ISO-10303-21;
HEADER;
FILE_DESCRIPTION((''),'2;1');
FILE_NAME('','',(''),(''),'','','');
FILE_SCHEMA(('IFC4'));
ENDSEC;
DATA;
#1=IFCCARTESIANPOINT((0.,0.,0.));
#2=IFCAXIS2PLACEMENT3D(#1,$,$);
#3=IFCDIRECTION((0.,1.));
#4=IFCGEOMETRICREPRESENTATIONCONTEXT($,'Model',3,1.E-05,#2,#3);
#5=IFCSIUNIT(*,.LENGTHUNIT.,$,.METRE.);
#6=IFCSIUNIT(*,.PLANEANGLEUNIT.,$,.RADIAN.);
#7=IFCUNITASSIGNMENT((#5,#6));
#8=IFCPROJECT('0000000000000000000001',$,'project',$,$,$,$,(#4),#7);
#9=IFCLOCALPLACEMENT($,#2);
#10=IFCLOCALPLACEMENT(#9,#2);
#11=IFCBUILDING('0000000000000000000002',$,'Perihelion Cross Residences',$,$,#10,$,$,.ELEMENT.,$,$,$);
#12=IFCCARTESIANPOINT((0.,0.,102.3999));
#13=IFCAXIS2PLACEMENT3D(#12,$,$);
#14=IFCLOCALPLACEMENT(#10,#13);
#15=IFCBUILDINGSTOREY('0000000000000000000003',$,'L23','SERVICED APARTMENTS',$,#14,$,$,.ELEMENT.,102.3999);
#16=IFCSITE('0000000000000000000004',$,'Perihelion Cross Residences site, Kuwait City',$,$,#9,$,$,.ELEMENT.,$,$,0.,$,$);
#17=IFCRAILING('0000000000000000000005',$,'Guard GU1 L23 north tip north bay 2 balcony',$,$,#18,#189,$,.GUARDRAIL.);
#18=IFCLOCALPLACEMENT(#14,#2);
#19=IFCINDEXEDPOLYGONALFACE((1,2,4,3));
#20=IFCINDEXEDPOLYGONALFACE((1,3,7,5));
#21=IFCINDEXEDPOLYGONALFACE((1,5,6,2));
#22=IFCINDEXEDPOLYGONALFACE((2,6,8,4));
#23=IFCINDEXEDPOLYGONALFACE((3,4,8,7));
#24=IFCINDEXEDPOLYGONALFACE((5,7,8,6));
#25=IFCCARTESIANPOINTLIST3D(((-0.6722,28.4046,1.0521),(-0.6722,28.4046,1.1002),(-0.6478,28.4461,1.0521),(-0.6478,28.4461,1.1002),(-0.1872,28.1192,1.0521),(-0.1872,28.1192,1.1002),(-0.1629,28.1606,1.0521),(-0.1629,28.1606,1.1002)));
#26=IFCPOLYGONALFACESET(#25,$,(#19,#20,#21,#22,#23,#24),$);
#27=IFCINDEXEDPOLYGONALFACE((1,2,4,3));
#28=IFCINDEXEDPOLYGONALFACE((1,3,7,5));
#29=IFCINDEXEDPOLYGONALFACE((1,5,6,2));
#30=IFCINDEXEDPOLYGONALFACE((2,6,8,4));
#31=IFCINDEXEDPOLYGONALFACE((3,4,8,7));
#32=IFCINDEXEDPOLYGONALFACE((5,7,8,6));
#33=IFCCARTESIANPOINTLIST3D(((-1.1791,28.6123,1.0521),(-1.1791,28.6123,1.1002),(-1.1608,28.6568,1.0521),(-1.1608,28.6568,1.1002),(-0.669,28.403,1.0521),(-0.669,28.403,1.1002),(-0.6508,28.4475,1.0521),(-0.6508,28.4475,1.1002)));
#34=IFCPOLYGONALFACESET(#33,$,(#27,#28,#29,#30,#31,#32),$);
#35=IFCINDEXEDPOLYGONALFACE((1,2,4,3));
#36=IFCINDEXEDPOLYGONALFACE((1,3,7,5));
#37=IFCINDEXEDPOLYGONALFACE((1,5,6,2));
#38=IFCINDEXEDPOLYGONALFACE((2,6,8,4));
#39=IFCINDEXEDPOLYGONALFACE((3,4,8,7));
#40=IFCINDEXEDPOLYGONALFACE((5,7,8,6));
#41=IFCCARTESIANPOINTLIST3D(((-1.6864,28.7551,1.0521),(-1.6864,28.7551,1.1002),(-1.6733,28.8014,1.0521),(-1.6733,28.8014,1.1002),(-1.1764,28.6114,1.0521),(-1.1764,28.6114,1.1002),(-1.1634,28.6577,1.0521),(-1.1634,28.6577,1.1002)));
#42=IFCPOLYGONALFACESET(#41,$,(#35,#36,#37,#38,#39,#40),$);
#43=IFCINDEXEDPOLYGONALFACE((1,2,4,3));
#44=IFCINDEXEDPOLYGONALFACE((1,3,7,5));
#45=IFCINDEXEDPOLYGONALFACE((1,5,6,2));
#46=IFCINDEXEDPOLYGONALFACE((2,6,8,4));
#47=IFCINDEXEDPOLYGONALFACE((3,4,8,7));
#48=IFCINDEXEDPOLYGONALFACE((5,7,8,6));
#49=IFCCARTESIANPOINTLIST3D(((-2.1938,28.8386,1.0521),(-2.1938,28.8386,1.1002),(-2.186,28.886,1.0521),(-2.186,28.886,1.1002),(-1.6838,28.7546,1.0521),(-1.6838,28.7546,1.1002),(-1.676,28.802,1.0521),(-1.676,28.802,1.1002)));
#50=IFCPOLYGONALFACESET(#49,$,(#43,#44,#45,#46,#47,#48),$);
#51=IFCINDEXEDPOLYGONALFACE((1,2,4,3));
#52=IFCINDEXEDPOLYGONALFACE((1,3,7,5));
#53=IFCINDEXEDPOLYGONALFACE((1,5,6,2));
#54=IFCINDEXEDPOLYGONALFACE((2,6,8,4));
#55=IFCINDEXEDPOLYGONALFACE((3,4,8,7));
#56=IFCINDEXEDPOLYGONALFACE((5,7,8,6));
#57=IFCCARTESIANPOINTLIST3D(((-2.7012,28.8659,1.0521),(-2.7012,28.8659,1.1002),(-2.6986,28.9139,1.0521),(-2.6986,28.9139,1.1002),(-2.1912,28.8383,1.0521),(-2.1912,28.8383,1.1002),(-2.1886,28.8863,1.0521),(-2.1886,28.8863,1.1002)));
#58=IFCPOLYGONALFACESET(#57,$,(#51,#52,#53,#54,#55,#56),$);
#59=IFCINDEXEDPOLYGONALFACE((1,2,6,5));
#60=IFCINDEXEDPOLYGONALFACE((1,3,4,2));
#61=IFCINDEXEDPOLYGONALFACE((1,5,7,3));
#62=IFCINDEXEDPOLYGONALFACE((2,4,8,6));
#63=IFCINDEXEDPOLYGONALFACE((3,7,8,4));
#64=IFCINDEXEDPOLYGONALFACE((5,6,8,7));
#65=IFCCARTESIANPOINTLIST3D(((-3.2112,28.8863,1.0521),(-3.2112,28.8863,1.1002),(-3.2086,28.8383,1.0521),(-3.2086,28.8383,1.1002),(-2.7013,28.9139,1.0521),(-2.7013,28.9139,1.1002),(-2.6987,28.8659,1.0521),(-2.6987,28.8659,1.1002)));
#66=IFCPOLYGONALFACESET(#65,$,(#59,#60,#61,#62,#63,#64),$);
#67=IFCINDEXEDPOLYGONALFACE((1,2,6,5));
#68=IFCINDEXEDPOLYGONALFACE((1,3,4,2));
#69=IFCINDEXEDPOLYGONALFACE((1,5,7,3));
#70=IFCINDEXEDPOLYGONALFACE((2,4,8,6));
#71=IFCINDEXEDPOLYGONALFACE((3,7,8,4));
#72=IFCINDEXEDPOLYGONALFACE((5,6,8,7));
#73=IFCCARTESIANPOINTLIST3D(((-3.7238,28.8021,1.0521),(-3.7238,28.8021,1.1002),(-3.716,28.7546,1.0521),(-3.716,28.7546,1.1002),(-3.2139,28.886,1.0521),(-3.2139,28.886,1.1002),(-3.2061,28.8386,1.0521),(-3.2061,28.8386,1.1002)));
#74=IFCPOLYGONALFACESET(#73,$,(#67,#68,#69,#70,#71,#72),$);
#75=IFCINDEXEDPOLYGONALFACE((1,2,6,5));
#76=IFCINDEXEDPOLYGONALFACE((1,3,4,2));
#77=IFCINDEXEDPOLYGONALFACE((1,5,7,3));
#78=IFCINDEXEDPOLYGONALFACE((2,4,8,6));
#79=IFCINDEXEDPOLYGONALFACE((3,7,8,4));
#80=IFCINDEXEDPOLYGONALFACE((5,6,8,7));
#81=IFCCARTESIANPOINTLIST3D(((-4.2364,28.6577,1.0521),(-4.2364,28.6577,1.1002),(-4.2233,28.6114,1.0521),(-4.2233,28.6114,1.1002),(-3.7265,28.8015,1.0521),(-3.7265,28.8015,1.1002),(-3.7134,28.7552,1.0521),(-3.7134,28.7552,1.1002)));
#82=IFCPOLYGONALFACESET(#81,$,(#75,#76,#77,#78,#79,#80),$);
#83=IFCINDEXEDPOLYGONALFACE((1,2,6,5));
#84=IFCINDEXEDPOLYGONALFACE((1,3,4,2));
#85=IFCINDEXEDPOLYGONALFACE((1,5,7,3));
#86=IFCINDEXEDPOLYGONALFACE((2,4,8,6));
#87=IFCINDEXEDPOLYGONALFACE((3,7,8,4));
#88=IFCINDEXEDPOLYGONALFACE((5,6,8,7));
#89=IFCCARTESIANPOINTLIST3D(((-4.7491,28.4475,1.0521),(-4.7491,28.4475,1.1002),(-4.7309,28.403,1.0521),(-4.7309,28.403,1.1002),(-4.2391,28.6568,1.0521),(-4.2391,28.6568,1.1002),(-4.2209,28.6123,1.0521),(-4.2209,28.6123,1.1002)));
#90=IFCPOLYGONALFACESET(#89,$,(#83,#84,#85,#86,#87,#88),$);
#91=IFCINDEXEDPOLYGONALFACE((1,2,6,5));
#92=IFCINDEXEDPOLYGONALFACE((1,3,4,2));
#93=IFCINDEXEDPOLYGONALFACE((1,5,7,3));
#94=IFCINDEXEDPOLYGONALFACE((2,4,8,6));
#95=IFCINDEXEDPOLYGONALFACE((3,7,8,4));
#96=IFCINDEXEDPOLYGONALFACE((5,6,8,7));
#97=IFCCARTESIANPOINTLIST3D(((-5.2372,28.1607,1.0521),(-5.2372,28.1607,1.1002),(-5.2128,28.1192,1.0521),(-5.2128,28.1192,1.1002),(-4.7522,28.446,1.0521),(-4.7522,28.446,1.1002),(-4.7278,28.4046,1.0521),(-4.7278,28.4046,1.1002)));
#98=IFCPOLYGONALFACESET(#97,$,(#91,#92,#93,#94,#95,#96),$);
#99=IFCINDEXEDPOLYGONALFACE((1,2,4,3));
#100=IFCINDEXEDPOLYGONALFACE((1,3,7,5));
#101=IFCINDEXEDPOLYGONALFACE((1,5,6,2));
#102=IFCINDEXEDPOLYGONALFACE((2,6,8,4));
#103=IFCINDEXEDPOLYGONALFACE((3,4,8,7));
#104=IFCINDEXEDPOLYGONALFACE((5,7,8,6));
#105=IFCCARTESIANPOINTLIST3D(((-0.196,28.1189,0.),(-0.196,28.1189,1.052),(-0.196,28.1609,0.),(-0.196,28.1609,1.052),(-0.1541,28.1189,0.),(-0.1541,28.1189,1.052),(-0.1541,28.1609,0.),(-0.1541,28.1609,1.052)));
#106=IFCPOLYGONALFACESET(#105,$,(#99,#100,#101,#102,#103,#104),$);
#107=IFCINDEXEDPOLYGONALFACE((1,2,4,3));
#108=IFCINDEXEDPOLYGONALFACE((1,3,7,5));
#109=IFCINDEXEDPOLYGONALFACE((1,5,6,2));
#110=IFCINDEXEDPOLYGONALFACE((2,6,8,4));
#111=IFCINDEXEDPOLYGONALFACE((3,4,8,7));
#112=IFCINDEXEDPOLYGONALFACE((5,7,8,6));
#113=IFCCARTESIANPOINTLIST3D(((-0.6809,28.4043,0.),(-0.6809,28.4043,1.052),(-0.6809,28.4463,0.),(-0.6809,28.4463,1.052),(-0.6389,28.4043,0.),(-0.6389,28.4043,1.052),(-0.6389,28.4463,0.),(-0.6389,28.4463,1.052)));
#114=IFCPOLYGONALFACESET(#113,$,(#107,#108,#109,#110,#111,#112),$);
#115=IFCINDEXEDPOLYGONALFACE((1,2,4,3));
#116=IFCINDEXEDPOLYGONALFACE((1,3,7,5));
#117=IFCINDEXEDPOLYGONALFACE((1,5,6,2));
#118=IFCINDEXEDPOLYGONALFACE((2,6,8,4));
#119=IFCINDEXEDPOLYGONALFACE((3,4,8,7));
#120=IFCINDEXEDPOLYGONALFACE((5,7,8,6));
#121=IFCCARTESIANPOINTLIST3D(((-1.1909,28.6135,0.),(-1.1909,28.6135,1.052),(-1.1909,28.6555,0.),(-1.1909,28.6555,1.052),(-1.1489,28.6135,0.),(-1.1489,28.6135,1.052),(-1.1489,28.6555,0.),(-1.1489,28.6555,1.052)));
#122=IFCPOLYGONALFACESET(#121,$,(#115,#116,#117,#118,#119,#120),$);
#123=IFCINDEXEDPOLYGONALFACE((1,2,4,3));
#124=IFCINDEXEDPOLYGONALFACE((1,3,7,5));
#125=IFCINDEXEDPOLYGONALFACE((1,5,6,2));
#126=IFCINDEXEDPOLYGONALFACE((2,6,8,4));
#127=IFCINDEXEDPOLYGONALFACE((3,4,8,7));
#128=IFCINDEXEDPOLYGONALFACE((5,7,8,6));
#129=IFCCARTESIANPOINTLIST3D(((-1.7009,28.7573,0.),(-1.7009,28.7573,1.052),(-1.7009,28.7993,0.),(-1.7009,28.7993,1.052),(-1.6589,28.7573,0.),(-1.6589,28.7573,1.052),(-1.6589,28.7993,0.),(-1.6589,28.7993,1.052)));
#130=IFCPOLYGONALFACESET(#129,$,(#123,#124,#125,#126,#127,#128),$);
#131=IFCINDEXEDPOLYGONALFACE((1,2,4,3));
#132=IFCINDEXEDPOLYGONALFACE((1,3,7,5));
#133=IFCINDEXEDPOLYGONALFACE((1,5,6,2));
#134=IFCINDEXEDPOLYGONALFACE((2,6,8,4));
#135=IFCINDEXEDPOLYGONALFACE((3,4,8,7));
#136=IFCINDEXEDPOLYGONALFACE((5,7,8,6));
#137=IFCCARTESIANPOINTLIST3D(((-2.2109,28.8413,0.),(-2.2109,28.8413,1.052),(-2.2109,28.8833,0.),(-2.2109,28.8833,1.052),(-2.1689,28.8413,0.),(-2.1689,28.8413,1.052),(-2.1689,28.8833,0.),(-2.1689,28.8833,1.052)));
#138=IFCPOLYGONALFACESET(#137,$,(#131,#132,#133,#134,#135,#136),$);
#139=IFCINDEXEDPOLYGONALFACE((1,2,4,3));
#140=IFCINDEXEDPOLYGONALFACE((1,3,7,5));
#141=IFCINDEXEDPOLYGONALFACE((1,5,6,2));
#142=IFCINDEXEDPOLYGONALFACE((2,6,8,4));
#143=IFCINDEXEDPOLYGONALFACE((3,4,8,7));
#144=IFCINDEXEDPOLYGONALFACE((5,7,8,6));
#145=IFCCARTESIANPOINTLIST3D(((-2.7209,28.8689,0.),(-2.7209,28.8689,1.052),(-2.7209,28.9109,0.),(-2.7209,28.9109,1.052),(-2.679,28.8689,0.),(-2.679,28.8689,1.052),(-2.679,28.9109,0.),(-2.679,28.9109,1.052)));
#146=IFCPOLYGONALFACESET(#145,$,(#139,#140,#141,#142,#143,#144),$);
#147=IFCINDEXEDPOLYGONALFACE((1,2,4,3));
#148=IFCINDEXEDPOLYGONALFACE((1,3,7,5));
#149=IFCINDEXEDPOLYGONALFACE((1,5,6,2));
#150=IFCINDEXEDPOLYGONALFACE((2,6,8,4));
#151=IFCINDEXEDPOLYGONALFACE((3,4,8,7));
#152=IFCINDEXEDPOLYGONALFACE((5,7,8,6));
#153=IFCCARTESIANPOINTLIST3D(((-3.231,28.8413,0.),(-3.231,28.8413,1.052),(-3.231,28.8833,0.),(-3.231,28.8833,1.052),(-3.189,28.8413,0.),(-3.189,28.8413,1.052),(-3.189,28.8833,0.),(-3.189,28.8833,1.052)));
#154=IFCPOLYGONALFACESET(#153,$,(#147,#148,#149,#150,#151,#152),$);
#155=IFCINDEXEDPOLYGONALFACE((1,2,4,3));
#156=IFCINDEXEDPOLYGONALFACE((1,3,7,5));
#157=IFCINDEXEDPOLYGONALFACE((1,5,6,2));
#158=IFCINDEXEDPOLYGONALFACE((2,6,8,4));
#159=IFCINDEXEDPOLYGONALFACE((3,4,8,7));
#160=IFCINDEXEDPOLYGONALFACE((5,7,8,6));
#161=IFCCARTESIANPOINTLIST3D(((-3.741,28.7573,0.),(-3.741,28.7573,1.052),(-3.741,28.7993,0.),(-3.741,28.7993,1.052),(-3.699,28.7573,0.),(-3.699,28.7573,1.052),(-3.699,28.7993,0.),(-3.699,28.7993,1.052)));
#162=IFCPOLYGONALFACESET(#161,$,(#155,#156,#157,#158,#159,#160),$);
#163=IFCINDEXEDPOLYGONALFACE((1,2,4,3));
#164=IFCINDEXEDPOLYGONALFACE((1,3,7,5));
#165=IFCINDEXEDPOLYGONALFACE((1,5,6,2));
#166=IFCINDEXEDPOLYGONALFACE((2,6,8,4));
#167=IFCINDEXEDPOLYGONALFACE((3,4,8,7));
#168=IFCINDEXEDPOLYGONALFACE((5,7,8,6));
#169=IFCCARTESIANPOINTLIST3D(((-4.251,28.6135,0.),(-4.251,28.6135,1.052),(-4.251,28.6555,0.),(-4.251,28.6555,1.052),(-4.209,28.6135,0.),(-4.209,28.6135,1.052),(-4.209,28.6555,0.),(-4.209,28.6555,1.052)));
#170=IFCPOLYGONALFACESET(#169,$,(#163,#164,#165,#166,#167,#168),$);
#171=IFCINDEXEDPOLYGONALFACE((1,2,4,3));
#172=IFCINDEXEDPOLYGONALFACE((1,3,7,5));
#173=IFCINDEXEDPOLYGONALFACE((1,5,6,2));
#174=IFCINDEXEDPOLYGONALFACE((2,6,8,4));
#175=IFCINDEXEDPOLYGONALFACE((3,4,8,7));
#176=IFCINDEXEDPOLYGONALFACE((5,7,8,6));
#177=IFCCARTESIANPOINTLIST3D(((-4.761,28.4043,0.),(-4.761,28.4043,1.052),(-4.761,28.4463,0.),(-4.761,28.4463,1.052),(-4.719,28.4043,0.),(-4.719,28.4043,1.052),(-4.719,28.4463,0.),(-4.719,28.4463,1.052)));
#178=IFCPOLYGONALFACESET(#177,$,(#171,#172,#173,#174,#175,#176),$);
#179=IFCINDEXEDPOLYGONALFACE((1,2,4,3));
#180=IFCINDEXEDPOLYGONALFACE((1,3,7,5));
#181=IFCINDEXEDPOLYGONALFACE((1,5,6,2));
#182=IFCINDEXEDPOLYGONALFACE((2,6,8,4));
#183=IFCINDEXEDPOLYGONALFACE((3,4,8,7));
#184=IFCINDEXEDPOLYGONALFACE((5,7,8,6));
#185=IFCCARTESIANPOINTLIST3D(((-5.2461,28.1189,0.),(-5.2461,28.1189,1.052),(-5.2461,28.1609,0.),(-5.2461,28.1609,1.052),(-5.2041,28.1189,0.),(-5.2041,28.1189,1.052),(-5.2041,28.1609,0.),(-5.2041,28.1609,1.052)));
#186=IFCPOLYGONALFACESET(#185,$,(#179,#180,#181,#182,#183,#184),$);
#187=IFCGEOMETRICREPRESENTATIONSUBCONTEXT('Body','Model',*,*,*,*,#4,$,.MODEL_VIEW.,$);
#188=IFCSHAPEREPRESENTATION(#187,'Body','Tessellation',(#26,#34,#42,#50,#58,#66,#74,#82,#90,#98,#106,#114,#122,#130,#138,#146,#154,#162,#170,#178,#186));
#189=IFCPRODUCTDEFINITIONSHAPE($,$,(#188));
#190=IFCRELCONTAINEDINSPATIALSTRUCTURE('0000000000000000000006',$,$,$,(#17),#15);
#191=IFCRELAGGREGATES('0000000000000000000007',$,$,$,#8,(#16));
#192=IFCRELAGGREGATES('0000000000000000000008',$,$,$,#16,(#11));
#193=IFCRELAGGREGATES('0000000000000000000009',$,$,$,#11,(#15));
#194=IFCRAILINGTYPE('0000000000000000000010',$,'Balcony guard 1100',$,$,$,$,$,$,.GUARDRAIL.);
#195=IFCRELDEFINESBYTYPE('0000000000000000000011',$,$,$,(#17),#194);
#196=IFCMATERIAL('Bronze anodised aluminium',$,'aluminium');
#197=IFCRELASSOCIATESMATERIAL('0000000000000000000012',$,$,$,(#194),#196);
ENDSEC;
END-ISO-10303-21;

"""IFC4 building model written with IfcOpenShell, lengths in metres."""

from ifc_helpers import new_model, si_unit, direction, frame, origin, origin_2d, place, context, subcontext, project, spatial, rectangle, extrude, material, type_object, element, save


model = new_model("IFC4")

# Units and contexts
model_context = context("Model", 3, precision=1e-05, world=origin(), true_north=direction((0.0, 1.0)))
body_context = subcontext(model_context, "Body", "Model", "MODEL_VIEW")
ifc_project = project(units=[si_unit("LENGTHUNIT", "METRE"), si_unit("PLANEANGLEUNIT", "RADIAN")], contexts=[model_context])

# Site, building, storey
site_placement = place(None, origin())
site = spatial("IfcSite", under=ifc_project, at=site_placement, Name="Perihelion Cross Residences site, Kuwait City", CompositionType="ELEMENT", RefElevation=0.0)
building_placement = place(site_placement, origin())
building = spatial("IfcBuilding", under=site, at=building_placement, Name="Perihelion Cross Residences", CompositionType="ELEMENT")
storey_placement = place(building_placement, frame((0.0, 0.0, 102.3999)))
storey = spatial("IfcBuildingStorey", under=building, at=storey_placement, Name="L23", Description="SERVICED APARTMENTS", CompositionType="ELEMENT", Elevation=102.3999)

# Railing
ifc_material_1 = material(Name="Bronze anodised aluminium", Category="aluminium")
railing_type = type_object("IfcRailingType", Name="Balcony guard 1100", PredefinedType="GUARDRAIL", material=ifc_material_1)
railing_placement = place(storey_placement, frame((-0.175, 28.1399, 0.0)))
element("IfcRailing", 1, at=railing_placement, inside=storey, type_object=railing_type, Name="Guard GU1 L23 north tip north bay 2 balcony", PredefinedType="GUARDRAIL", context=body_context, shape_type="SweptSolid", body=[
    extrude(rectangle(XDim=0.0481, YDim=0.0481, at=origin_2d()), frame((0.0, 0.0, 1.0762), z_axis=(-0.861789, 0.507267, 0.0), x_axis=(-0.507267, -0.861789, 0.0)), (0.0, 0.0, 1.0), 0.5627),
    extrude(rectangle(XDim=0.0481, YDim=0.0481, at=origin_2d()), frame((-0.4849, 0.2854, 1.0762), z_axis=(-0.925173, 0.379547, 0.0), x_axis=(-0.379547, -0.925173, 0.0)), (0.0, 0.0, 1.0), 0.5513),
    extrude(rectangle(XDim=0.0481, YDim=0.0481, at=origin_2d()), frame((-0.9949, 0.4946, 1.0762), z_axis=(-0.962474, 0.271373, 0.0), x_axis=(-0.271373, -0.962474, 0.0)), (0.0, 0.0, 1.0), 0.5298),
    extrude(rectangle(XDim=0.0481, YDim=0.0481, at=origin_2d()), frame((-1.5049, 0.6384, 1.0762), z_axis=(-0.986711, 0.162484, 0.0), x_axis=(-0.162484, -0.986711, 0.0)), (0.0, 0.0, 1.0), 0.5168),
    extrude(rectangle(XDim=0.0481, YDim=0.0481, at=origin_2d()), frame((-2.0149, 0.7224, 1.0762), z_axis=(-0.99854, 0.054014, 0.0), x_axis=(-0.054014, -0.99854, 0.0)), (0.0, 0.0, 1.0), 0.5107),
    extrude(rectangle(XDim=0.0481, YDim=0.0481, at=origin_2d()), frame((-2.5249, 0.75, 1.0762), z_axis=(-0.99854, -0.054014, 0.0), x_axis=(0.054014, -0.99854, 0.0)), (0.0, 0.0, 1.0), 0.5107),
    extrude(rectangle(XDim=0.0481, YDim=0.0481, at=origin_2d()), frame((-3.0349, 0.7224, 1.0762), z_axis=(-0.986711, -0.162484, 0.0), x_axis=(0.162484, -0.986711, 0.0)), (0.0, 0.0, 1.0), 0.5168),
    extrude(rectangle(XDim=0.0481, YDim=0.0481, at=origin_2d()), frame((-3.5449, 0.6384, 1.0762), z_axis=(-0.962474, -0.271373, 0.0), x_axis=(0.271373, -0.962474, 0.0)), (0.0, 0.0, 1.0), 0.5298),
    extrude(rectangle(XDim=0.0481, YDim=0.0481, at=origin_2d()), frame((-4.0549, 0.4946, 1.0762), z_axis=(-0.925173, -0.379547, 0.0), x_axis=(0.379547, -0.925173, 0.0)), (0.0, 0.0, 1.0), 0.5513),
    extrude(rectangle(XDim=0.0481, YDim=0.0481, at=origin_2d()), frame((-4.5649, 0.2854, 1.0762), z_axis=(-0.861901, -0.507077, 0.0), x_axis=(0.507077, -0.861901, 0.0)), (0.0, 0.0, 1.0), 0.5627),
    extrude(rectangle(XDim=0.042, YDim=0.042, at=origin_2d()), origin(), (0.0, 0.0, 1.0), 1.052),
    extrude(rectangle(XDim=0.042, YDim=0.042, at=origin_2d()), frame((-0.4849, 0.2854, 0.0)), (0.0, 0.0, 1.0), 1.052),
    extrude(rectangle(XDim=0.042, YDim=0.042, at=origin_2d()), frame((-0.9949, 0.4946, 0.0)), (0.0, 0.0, 1.0), 1.052),
    extrude(rectangle(XDim=0.042, YDim=0.042, at=origin_2d()), frame((-1.5049, 0.6384, 0.0)), (0.0, 0.0, 1.0), 1.052),
    extrude(rectangle(XDim=0.042, YDim=0.042, at=origin_2d()), frame((-2.0149, 0.7224, 0.0)), (0.0, 0.0, 1.0), 1.052),
    extrude(rectangle(XDim=0.042, YDim=0.042, at=origin_2d()), frame((-2.5249, 0.75, 0.0)), (0.0, 0.0, 1.0), 1.052),
    extrude(rectangle(XDim=0.042, YDim=0.042, at=origin_2d()), frame((-3.0349, 0.7224, 0.0)), (0.0, 0.0, 1.0), 1.052),
    extrude(rectangle(XDim=0.042, YDim=0.042, at=origin_2d()), frame((-3.5449, 0.6384, 0.0)), (0.0, 0.0, 1.0), 1.052),
    extrude(rectangle(XDim=0.042, YDim=0.042, at=origin_2d()), frame((-4.0549, 0.4946, 0.0)), (0.0, 0.0, 1.0), 1.052),
    extrude(rectangle(XDim=0.042, YDim=0.042, at=origin_2d()), frame((-4.5649, 0.2854, 0.0)), (0.0, 0.0, 1.0), 1.052),
    extrude(rectangle(XDim=0.042, YDim=0.042, at=origin_2d()), frame((-5.05, 0.0, 0.0)), (0.0, 0.0, 1.0), 1.052),
])

save(model, "model.ifc")
